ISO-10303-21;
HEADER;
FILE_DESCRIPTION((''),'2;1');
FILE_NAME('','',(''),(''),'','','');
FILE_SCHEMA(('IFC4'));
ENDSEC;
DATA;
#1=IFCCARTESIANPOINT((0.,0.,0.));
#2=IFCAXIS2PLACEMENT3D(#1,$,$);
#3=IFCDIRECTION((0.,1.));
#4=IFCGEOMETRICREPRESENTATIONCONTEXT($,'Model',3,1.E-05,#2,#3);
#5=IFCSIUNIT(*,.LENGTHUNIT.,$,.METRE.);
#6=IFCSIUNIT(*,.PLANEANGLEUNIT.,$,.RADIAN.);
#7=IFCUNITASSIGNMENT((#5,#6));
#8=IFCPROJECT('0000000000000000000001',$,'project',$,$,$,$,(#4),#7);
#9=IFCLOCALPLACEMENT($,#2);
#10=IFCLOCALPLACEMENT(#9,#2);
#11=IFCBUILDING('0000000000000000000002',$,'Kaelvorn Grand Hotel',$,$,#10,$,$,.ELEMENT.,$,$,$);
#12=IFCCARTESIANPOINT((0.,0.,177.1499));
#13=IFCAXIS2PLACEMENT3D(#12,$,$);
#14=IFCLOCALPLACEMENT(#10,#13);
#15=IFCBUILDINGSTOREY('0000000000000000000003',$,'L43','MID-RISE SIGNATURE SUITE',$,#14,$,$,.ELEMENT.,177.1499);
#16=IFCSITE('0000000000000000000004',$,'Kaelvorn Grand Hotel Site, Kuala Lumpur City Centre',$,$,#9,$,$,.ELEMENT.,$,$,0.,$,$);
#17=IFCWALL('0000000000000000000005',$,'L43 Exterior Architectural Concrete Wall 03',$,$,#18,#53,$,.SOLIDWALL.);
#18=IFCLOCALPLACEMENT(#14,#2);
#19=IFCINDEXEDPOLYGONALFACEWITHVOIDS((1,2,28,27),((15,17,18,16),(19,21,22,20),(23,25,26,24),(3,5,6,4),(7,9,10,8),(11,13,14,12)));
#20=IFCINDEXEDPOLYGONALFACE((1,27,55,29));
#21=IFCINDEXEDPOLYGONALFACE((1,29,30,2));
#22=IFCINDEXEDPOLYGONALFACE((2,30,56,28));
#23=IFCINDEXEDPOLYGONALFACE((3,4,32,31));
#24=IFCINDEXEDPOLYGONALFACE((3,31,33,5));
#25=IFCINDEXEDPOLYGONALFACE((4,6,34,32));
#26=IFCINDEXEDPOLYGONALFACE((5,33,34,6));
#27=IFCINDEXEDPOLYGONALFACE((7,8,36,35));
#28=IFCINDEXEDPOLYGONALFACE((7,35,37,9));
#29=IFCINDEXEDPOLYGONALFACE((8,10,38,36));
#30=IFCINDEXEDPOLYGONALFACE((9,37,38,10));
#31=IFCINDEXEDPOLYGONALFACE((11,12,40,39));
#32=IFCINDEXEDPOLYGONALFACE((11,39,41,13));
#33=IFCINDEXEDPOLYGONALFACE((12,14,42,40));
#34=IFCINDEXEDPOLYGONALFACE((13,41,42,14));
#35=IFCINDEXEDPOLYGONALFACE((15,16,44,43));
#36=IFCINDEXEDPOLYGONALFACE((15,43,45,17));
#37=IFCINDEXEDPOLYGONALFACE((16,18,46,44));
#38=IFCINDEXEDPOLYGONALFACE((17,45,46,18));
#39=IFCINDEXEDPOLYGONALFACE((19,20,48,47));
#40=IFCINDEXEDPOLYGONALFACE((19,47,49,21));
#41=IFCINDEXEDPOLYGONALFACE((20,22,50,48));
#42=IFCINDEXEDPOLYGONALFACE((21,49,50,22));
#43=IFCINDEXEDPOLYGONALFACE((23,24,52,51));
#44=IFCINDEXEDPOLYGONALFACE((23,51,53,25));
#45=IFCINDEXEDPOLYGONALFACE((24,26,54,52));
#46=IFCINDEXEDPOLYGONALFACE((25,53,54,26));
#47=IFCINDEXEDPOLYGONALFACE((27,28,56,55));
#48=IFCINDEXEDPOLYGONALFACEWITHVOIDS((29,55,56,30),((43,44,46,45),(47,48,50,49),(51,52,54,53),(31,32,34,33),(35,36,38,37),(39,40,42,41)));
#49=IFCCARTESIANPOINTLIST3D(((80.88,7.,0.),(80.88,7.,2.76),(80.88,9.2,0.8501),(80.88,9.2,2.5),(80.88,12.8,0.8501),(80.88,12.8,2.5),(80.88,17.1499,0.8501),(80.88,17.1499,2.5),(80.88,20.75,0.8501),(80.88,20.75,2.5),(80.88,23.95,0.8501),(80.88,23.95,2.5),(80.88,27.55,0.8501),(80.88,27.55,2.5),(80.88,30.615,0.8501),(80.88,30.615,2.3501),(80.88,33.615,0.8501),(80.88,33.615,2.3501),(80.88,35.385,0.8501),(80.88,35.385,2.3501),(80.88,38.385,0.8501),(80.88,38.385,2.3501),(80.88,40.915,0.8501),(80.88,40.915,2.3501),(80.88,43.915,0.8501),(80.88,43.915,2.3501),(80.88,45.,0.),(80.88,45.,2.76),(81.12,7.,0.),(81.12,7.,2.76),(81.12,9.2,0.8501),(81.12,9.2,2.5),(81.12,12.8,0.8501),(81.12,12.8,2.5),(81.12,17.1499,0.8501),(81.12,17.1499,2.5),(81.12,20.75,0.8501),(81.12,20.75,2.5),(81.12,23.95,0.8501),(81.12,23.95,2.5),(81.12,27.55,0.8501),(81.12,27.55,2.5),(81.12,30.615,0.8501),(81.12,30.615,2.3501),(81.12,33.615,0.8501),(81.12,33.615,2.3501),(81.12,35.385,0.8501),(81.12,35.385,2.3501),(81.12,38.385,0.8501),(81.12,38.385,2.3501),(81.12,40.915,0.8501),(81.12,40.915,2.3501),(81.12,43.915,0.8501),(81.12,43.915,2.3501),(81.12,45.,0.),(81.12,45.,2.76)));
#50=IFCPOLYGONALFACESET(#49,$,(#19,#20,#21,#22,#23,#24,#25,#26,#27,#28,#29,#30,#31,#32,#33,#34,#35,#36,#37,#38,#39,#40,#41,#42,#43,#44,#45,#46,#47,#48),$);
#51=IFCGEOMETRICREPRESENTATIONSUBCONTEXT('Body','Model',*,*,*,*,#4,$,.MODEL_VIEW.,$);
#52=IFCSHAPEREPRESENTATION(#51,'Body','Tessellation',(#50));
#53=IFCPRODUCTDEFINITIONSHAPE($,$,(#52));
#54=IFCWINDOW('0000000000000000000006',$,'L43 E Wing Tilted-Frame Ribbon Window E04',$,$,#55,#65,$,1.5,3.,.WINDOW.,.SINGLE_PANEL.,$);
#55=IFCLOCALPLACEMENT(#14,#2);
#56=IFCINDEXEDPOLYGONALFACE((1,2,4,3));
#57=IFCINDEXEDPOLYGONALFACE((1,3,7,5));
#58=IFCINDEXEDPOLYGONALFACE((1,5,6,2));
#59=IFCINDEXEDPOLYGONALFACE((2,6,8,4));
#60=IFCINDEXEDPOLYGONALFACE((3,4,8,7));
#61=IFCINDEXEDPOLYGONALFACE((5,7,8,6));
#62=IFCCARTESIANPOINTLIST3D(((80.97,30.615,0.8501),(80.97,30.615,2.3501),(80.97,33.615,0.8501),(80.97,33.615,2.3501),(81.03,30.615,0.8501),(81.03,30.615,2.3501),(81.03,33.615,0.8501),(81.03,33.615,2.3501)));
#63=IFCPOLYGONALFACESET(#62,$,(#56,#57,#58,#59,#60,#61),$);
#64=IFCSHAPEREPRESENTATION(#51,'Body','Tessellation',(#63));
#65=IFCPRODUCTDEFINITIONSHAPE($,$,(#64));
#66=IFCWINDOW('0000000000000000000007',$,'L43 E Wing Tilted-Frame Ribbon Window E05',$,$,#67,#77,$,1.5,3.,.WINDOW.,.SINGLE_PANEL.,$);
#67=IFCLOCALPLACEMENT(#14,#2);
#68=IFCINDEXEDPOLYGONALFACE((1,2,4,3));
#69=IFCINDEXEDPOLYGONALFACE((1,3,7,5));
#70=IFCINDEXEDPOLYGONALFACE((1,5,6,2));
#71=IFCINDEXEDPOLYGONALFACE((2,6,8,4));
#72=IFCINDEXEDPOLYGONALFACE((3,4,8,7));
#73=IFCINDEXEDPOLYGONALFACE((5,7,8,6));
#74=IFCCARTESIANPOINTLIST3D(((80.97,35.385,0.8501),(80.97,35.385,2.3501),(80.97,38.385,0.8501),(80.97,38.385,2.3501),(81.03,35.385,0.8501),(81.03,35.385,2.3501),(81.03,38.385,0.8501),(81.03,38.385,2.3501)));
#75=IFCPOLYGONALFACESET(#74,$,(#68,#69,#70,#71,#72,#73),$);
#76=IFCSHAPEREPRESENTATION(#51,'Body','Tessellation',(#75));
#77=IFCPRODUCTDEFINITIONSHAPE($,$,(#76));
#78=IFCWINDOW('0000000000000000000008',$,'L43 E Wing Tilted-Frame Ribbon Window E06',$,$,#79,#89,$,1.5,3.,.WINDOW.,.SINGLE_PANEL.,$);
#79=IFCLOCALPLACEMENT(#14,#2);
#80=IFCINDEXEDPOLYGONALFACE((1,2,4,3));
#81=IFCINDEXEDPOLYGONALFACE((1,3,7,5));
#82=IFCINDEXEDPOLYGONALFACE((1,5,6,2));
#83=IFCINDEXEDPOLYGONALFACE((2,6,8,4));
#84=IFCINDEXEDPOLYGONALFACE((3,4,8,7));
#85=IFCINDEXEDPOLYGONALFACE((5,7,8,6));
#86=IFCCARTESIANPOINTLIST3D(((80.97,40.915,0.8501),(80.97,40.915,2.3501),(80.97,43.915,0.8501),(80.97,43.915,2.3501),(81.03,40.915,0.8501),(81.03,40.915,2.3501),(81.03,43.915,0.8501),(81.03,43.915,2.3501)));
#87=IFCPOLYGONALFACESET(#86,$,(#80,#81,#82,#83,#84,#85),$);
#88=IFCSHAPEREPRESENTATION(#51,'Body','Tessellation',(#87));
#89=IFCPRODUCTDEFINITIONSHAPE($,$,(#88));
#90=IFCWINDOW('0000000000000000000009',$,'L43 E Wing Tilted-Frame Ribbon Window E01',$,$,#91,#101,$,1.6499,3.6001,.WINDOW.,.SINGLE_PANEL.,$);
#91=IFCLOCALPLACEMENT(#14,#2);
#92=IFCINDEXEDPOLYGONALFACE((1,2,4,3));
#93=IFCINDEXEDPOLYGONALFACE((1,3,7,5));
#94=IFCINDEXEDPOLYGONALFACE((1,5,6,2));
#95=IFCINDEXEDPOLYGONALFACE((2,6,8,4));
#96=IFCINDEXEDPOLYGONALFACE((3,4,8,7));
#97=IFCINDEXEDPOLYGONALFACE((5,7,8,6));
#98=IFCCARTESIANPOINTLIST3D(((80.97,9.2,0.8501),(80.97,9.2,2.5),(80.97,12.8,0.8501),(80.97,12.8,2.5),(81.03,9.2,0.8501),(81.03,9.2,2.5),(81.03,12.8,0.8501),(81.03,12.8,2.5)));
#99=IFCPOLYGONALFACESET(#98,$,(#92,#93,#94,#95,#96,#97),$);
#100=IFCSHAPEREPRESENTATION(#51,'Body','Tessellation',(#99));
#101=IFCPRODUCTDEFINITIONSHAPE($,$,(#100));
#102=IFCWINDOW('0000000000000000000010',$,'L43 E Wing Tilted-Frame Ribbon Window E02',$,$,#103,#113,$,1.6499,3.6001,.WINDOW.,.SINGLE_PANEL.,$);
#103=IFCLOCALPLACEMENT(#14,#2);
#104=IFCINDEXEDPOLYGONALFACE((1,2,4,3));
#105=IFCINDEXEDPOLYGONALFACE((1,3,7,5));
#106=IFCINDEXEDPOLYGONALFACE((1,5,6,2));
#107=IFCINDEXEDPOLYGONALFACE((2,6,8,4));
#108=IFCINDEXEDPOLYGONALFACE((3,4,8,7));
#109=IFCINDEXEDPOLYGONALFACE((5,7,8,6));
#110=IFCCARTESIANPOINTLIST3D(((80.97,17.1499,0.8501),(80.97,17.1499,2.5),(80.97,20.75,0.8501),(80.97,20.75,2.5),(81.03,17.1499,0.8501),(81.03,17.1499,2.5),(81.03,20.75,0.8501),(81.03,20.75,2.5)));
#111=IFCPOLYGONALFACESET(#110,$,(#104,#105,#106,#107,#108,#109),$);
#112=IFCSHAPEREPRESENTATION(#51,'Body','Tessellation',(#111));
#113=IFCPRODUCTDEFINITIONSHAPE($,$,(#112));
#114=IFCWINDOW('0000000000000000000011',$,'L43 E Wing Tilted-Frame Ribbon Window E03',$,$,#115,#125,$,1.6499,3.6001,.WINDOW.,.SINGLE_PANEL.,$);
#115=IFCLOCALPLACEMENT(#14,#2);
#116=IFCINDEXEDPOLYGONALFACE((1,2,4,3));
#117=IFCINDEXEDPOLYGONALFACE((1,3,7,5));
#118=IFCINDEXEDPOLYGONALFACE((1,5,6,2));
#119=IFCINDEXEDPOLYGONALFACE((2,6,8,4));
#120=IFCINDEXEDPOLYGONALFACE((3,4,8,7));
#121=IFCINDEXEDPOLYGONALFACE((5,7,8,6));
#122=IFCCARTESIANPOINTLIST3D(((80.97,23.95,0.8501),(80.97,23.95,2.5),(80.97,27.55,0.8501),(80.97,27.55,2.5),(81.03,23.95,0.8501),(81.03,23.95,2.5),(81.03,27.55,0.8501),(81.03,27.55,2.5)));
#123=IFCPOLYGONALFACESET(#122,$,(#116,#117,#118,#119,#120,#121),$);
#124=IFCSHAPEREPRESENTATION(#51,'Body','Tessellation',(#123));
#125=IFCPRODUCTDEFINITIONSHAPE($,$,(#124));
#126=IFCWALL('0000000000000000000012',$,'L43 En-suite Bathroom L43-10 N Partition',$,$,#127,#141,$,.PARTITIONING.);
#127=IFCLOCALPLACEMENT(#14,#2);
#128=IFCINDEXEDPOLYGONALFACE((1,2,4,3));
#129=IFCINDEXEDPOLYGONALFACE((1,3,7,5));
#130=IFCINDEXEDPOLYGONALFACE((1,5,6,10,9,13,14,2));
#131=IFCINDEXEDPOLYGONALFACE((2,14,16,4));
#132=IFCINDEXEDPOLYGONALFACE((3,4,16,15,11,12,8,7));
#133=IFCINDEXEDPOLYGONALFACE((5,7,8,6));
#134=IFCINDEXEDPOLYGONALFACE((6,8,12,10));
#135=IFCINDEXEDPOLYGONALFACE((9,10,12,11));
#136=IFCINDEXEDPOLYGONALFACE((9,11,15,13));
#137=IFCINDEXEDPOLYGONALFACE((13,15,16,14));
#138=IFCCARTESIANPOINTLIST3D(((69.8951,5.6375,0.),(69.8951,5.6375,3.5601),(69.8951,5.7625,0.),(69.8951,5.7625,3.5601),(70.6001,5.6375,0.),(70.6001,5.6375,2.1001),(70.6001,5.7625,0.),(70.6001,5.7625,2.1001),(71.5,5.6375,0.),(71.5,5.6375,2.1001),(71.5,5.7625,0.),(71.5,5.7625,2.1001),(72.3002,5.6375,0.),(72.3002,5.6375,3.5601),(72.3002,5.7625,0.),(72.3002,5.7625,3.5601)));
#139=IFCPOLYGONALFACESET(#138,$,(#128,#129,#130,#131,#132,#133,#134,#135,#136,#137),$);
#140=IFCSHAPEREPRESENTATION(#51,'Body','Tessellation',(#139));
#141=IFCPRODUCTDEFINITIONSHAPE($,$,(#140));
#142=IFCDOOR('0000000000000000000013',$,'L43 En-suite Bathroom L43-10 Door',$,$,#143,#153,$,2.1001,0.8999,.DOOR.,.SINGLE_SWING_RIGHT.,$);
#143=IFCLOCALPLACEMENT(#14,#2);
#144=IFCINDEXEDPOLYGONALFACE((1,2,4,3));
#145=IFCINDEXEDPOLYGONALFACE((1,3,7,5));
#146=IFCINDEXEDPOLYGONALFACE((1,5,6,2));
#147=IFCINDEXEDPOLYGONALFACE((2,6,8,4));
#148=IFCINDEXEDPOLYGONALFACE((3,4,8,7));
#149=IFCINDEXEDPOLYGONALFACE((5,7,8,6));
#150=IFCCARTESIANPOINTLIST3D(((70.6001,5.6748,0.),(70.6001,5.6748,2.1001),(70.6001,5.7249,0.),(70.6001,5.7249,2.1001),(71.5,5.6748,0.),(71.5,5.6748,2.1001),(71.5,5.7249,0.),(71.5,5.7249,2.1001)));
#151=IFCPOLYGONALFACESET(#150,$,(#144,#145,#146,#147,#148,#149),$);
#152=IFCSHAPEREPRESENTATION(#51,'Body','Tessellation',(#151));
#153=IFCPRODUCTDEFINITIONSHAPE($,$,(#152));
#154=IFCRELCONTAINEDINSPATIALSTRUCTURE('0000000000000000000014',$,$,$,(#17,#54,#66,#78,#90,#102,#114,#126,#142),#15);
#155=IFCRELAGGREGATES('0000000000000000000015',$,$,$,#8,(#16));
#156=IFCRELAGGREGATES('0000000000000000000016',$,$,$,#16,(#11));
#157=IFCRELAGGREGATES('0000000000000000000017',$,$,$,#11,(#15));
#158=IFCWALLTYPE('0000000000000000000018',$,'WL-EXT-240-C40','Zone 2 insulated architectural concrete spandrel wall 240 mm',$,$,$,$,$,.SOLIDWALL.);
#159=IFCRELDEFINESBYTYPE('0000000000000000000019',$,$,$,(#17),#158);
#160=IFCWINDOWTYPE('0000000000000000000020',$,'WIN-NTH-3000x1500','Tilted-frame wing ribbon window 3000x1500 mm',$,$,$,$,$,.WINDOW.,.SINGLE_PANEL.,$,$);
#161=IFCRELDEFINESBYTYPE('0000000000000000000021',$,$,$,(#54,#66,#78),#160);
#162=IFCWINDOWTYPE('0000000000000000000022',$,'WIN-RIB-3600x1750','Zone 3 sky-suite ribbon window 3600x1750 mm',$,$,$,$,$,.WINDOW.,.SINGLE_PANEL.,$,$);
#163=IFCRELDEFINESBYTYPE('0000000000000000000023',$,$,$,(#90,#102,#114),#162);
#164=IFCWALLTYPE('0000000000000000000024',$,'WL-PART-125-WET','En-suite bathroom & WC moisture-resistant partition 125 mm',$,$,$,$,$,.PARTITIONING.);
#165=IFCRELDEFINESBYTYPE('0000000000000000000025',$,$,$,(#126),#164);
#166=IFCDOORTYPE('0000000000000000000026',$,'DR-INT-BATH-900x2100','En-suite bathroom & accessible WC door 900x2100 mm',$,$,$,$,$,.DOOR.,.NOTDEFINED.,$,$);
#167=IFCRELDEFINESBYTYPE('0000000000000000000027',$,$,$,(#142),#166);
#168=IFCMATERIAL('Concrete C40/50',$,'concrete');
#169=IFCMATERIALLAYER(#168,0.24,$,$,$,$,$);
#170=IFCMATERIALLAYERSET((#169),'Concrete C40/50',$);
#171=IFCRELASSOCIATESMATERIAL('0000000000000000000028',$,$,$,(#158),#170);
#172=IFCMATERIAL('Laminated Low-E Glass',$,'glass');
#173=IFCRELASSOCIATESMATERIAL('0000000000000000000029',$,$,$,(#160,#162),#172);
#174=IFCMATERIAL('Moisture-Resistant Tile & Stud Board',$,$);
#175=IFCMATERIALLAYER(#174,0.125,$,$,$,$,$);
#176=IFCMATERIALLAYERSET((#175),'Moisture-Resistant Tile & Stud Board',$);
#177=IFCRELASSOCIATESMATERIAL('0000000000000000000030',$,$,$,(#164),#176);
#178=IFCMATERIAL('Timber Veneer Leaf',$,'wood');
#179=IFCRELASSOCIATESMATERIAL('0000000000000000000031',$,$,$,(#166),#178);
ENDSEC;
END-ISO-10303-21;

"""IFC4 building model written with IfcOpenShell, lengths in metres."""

from ifc_helpers import new_model, si_unit, direction, frame, frame_2d, origin, place, context, subcontext, project, spatial, rectangle, extrude, material, layer, layer_set, type_object, element, fill, save


model = new_model("IFC4")

# Units and contexts
model_context = context("Model", 3, precision=1e-05, world=origin(), true_north=direction((0.0, 1.0)))
body_context = subcontext(model_context, "Body", "Model", "MODEL_VIEW")
ifc_project = project(units=[si_unit("LENGTHUNIT", "METRE"), si_unit("PLANEANGLEUNIT", "RADIAN")], contexts=[model_context])

# Site, building, storey
site_placement = place(None, origin())
site = spatial("IfcSite", under=ifc_project, at=site_placement, Name="Kaelvorn Grand Hotel Site, Kuala Lumpur City Centre", CompositionType="ELEMENT", RefElevation=0.0)
building_placement = place(site_placement, origin())
building = spatial("IfcBuilding", under=site, at=building_placement, Name="Kaelvorn Grand Hotel", CompositionType="ELEMENT")
storey_placement = place(building_placement, frame((0.0, 0.0, 177.1499)))
storey = spatial("IfcBuildingStorey", under=building, at=storey_placement, Name="L43", Description="MID-RISE SIGNATURE SUITE", CompositionType="ELEMENT", Elevation=177.1499)

# Shared definitions
ifc_material_1 = material(Name="Concrete C40/50", Category="concrete")
ifc_layer_1 = layer(ifc_material_1, 0.24)
ifc_layer_set_1 = layer_set([ifc_layer_1], Name="Concrete C40/50")
wall_type_1 = type_object("IfcWallType", Name="WL-EXT-240-C40", Description="Zone 2 insulated architectural concrete spandrel wall 240 mm", PredefinedType="SOLIDWALL", material=ifc_layer_set_1)
ifc_material_2 = material(Name="Laminated Low-E Glass", Category="glass")

# Wall, openings, windows
wall_1_placement = place(storey_placement, frame((81.0, 7.0, 0.0), z_axis=(0.0, 0.0, 1.0), x_axis=(0.0, 1.0, 0.0)))
wall_1 = element("IfcWall", 1, at=wall_1_placement, inside=storey, type_object=wall_type_1, Name="L43 Exterior Architectural Concrete Wall 03", PredefinedType="SOLIDWALL", context=body_context, shape_type="SweptSolid", body=[
    extrude(rectangle(XDim=38.0, YDim=0.24, at=frame_2d((19.0, 0.0))), origin(), (0.0, 0.0, 1.0), 2.76),
])
opening_1_placement = place(wall_1_placement, frame((2.2, 0.0, 0.8501)))
opening_1 = element("IfcOpeningElement", 2, at=opening_1_placement, cuts=wall_1, PredefinedType="OPENING", context=body_context, shape_type="SweptSolid", body=[
    extrude(rectangle(XDim=3.6001, YDim=1.6499, at=frame_2d((1.8, 0.825))), frame((0.0, 0.1299, 0.0), z_axis=(0.0, -1.0, 0.0), x_axis=(1.0, 0.0, 0.0)), (0.0, 0.0, 1.0), 0.26),
])
opening_2_placement = place(wall_1_placement, frame((10.1499, 0.0, 0.8501)))
opening_2 = element("IfcOpeningElement", 3, at=opening_2_placement, cuts=wall_1, PredefinedType="OPENING", context=body_context, shape_type="SweptSolid", body=[
    extrude(rectangle(XDim=3.6001, YDim=1.6499, at=frame_2d((1.8, 0.825))), frame((0.0, 0.1299, 0.0), z_axis=(0.0, -1.0, 0.0), x_axis=(1.0, 0.0, 0.0)), (0.0, 0.0, 1.0), 0.26),
])
opening_3_placement = place(wall_1_placement, frame((16.95, 0.0, 0.8501)))
opening_3 = element("IfcOpeningElement", 4, at=opening_3_placement, cuts=wall_1, PredefinedType="OPENING", context=body_context, shape_type="SweptSolid", body=[
    extrude(rectangle(XDim=3.6001, YDim=1.6499, at=frame_2d((1.8, 0.825))), frame((0.0, 0.1299, 0.0), z_axis=(0.0, -1.0, 0.0), x_axis=(1.0, 0.0, 0.0)), (0.0, 0.0, 1.0), 0.26),
])
opening_4_placement = place(wall_1_placement, frame((23.615, 0.0, 0.8501)))
opening_4 = element("IfcOpeningElement", 5, at=opening_4_placement, cuts=wall_1, PredefinedType="OPENING", context=body_context, shape_type="SweptSolid", body=[
    extrude(rectangle(XDim=3.0, YDim=1.5, at=frame_2d((1.5, 0.75))), frame((0.0, 0.1299, 0.0), z_axis=(0.0, -1.0, 0.0), x_axis=(1.0, 0.0, 0.0)), (0.0, 0.0, 1.0), 0.26),
])
opening_5_placement = place(wall_1_placement, frame((28.385, 0.0, 0.8501)))
opening_5 = element("IfcOpeningElement", 6, at=opening_5_placement, cuts=wall_1, PredefinedType="OPENING", context=body_context, shape_type="SweptSolid", body=[
    extrude(rectangle(XDim=3.0, YDim=1.5, at=frame_2d((1.5, 0.75))), frame((0.0, 0.1299, 0.0), z_axis=(0.0, -1.0, 0.0), x_axis=(1.0, 0.0, 0.0)), (0.0, 0.0, 1.0), 0.26),
])
opening_6_placement = place(wall_1_placement, frame((33.915, 0.0, 0.8501)))
opening_6 = element("IfcOpeningElement", 7, at=opening_6_placement, cuts=wall_1, PredefinedType="OPENING", context=body_context, shape_type="SweptSolid", body=[
    extrude(rectangle(XDim=3.0, YDim=1.5, at=frame_2d((1.5, 0.75))), frame((0.0, 0.1299, 0.0), z_axis=(0.0, -1.0, 0.0), x_axis=(1.0, 0.0, 0.0)), (0.0, 0.0, 1.0), 0.26),
])
window_type_1 = type_object("IfcWindowType", Name="WIN-NTH-3000x1500", Description="Tilted-frame wing ribbon window 3000x1500 mm", PartitioningType="SINGLE_PANEL", PredefinedType="WINDOW", material=ifc_material_2)
window_1_placement = place(opening_4_placement, origin())
window_1 = element("IfcWindow", 8, at=window_1_placement, inside=storey, type_object=window_type_1, Name="L43 E Wing Tilted-Frame Ribbon Window E04", OverallHeight=1.5, OverallWidth=3.0, PartitioningType="SINGLE_PANEL", PredefinedType="WINDOW", context=body_context, shape_type="SweptSolid", body=[
    extrude(rectangle(XDim=3.0, YDim=1.5, at=frame_2d((1.5, 0.75))), frame((0.0, 0.03, 0.0), z_axis=(0.0, -1.0, 0.0), x_axis=(1.0, 0.0, 0.0)), (0.0, 0.0, 1.0), 0.0601),
])
fill(opening_4, window_1)
window_2_placement = place(opening_5_placement, origin())
window_2 = element("IfcWindow", 9, at=window_2_placement, inside=storey, type_object=window_type_1, Name="L43 E Wing Tilted-Frame Ribbon Window E05", OverallHeight=1.5, OverallWidth=3.0, PartitioningType="SINGLE_PANEL", PredefinedType="WINDOW", context=body_context, shape_type="SweptSolid", body=[
    extrude(rectangle(XDim=3.0, YDim=1.5, at=frame_2d((1.5, 0.75))), frame((0.0, 0.03, 0.0), z_axis=(0.0, -1.0, 0.0), x_axis=(1.0, 0.0, 0.0)), (0.0, 0.0, 1.0), 0.0601),
])
fill(opening_5, window_2)
window_3_placement = place(opening_6_placement, origin())
window_3 = element("IfcWindow", 10, at=window_3_placement, inside=storey, type_object=window_type_1, Name="L43 E Wing Tilted-Frame Ribbon Window E06", OverallHeight=1.5, OverallWidth=3.0, PartitioningType="SINGLE_PANEL", PredefinedType="WINDOW", context=body_context, shape_type="SweptSolid", body=[
    extrude(rectangle(XDim=3.0, YDim=1.5, at=frame_2d((1.5, 0.75))), frame((0.0, 0.03, 0.0), z_axis=(0.0, -1.0, 0.0), x_axis=(1.0, 0.0, 0.0)), (0.0, 0.0, 1.0), 0.0601),
])
fill(opening_6, window_3)
window_type_2 = type_object("IfcWindowType", Name="WIN-RIB-3600x1750", Description="Zone 3 sky-suite ribbon window 3600x1750 mm", PartitioningType="SINGLE_PANEL", PredefinedType="WINDOW", material=ifc_material_2)
window_4_placement = place(opening_1_placement, origin())
window_4 = element("IfcWindow", 11, at=window_4_placement, inside=storey, type_object=window_type_2, Name="L43 E Wing Tilted-Frame Ribbon Window E01", OverallHeight=1.6499, OverallWidth=3.6001, PartitioningType="SINGLE_PANEL", PredefinedType="WINDOW", context=body_context, shape_type="SweptSolid", body=[
    extrude(rectangle(XDim=3.6001, YDim=1.6499, at=frame_2d((1.8, 0.825))), frame((0.0, 0.03, 0.0), z_axis=(0.0, -1.0, 0.0), x_axis=(1.0, 0.0, 0.0)), (0.0, 0.0, 1.0), 0.0601),
])
fill(opening_1, window_4)
window_5_placement = place(opening_2_placement, origin())
window_5 = element("IfcWindow", 12, at=window_5_placement, inside=storey, type_object=window_type_2, Name="L43 E Wing Tilted-Frame Ribbon Window E02", OverallHeight=1.6499, OverallWidth=3.6001, PartitioningType="SINGLE_PANEL", PredefinedType="WINDOW", context=body_context, shape_type="SweptSolid", body=[
    extrude(rectangle(XDim=3.6001, YDim=1.6499, at=frame_2d((1.8, 0.825))), frame((0.0, 0.03, 0.0), z_axis=(0.0, -1.0, 0.0), x_axis=(1.0, 0.0, 0.0)), (0.0, 0.0, 1.0), 0.0601),
])
fill(opening_2, window_5)
window_6_placement = place(opening_3_placement, origin())
window_6 = element("IfcWindow", 13, at=window_6_placement, inside=storey, type_object=window_type_2, Name="L43 E Wing Tilted-Frame Ribbon Window E03", OverallHeight=1.6499, OverallWidth=3.6001, PartitioningType="SINGLE_PANEL", PredefinedType="WINDOW", context=body_context, shape_type="SweptSolid", body=[
    extrude(rectangle(XDim=3.6001, YDim=1.6499, at=frame_2d((1.8, 0.825))), frame((0.0, 0.03, 0.0), z_axis=(0.0, -1.0, 0.0), x_axis=(1.0, 0.0, 0.0)), (0.0, 0.0, 1.0), 0.0601),
])
fill(opening_3, window_6)

# Wall, opening, door
ifc_material_3 = material(Name="Moisture-Resistant Tile & Stud Board")
ifc_layer_2 = layer(ifc_material_3, 0.125)
ifc_layer_set_2 = layer_set([ifc_layer_2], Name="Moisture-Resistant Tile & Stud Board")
wall_type_2 = type_object("IfcWallType", Name="WL-PART-125-WET", Description="En-suite bathroom & WC moisture-resistant partition 125 mm", PredefinedType="PARTITIONING", material=ifc_layer_set_2)
wall_2_placement = place(storey_placement, frame((69.895, 5.7, 0.0), z_axis=(0.0, 0.0, 1.0), x_axis=(1.0, 0.0, 0.0)))
wall_2 = element("IfcWall", 14, at=wall_2_placement, inside=storey, type_object=wall_type_2, Name="L43 En-suite Bathroom L43-10 N Partition", PredefinedType="PARTITIONING", context=body_context, shape_type="SweptSolid", body=[
    extrude(rectangle(XDim=2.405, YDim=0.125, at=frame_2d((1.2026, 0.0))), origin(), (0.0, 0.0, 1.0), 3.5601),
])
opening_7_placement = place(wall_2_placement, frame((0.7051, 0.0, 0.0)))
opening_7 = element("IfcOpeningElement", 15, at=opening_7_placement, cuts=wall_2, PredefinedType="OPENING", context=body_context, shape_type="SweptSolid", body=[
    extrude(rectangle(XDim=0.8999, YDim=2.1001, at=frame_2d((0.45, 1.05))), frame((0.0, 0.0725, 0.0), z_axis=(0.0, -1.0, 0.0), x_axis=(1.0, 0.0, 0.0)), (0.0, 0.0, 1.0), 0.145),
])
ifc_material_4 = material(Name="Timber Veneer Leaf", Category="wood")
door_type = type_object("IfcDoorType", Name="DR-INT-BATH-900x2100", Description="En-suite bathroom & accessible WC door 900x2100 mm", OperationType="NOTDEFINED", PredefinedType="DOOR", material=ifc_material_4)
door_placement = place(opening_7_placement, origin())
door = element("IfcDoor", 16, at=door_placement, inside=storey, type_object=door_type, Name="L43 En-suite Bathroom L43-10 Door", OperationType="SINGLE_SWING_RIGHT", OverallHeight=2.1001, OverallWidth=0.8999, PredefinedType="DOOR", context=body_context, shape_type="SweptSolid", body=[
    extrude(rectangle(XDim=0.8999, YDim=2.1001, at=frame_2d((0.45, 1.05))), frame((0.0, 0.0249, 0.0), z_axis=(0.0, -1.0, 0.0), x_axis=(1.0, 0.0, 0.0)), (0.0, 0.0, 1.0), 0.05),
])
fill(opening_7, door)

save(model, "model.ifc")
